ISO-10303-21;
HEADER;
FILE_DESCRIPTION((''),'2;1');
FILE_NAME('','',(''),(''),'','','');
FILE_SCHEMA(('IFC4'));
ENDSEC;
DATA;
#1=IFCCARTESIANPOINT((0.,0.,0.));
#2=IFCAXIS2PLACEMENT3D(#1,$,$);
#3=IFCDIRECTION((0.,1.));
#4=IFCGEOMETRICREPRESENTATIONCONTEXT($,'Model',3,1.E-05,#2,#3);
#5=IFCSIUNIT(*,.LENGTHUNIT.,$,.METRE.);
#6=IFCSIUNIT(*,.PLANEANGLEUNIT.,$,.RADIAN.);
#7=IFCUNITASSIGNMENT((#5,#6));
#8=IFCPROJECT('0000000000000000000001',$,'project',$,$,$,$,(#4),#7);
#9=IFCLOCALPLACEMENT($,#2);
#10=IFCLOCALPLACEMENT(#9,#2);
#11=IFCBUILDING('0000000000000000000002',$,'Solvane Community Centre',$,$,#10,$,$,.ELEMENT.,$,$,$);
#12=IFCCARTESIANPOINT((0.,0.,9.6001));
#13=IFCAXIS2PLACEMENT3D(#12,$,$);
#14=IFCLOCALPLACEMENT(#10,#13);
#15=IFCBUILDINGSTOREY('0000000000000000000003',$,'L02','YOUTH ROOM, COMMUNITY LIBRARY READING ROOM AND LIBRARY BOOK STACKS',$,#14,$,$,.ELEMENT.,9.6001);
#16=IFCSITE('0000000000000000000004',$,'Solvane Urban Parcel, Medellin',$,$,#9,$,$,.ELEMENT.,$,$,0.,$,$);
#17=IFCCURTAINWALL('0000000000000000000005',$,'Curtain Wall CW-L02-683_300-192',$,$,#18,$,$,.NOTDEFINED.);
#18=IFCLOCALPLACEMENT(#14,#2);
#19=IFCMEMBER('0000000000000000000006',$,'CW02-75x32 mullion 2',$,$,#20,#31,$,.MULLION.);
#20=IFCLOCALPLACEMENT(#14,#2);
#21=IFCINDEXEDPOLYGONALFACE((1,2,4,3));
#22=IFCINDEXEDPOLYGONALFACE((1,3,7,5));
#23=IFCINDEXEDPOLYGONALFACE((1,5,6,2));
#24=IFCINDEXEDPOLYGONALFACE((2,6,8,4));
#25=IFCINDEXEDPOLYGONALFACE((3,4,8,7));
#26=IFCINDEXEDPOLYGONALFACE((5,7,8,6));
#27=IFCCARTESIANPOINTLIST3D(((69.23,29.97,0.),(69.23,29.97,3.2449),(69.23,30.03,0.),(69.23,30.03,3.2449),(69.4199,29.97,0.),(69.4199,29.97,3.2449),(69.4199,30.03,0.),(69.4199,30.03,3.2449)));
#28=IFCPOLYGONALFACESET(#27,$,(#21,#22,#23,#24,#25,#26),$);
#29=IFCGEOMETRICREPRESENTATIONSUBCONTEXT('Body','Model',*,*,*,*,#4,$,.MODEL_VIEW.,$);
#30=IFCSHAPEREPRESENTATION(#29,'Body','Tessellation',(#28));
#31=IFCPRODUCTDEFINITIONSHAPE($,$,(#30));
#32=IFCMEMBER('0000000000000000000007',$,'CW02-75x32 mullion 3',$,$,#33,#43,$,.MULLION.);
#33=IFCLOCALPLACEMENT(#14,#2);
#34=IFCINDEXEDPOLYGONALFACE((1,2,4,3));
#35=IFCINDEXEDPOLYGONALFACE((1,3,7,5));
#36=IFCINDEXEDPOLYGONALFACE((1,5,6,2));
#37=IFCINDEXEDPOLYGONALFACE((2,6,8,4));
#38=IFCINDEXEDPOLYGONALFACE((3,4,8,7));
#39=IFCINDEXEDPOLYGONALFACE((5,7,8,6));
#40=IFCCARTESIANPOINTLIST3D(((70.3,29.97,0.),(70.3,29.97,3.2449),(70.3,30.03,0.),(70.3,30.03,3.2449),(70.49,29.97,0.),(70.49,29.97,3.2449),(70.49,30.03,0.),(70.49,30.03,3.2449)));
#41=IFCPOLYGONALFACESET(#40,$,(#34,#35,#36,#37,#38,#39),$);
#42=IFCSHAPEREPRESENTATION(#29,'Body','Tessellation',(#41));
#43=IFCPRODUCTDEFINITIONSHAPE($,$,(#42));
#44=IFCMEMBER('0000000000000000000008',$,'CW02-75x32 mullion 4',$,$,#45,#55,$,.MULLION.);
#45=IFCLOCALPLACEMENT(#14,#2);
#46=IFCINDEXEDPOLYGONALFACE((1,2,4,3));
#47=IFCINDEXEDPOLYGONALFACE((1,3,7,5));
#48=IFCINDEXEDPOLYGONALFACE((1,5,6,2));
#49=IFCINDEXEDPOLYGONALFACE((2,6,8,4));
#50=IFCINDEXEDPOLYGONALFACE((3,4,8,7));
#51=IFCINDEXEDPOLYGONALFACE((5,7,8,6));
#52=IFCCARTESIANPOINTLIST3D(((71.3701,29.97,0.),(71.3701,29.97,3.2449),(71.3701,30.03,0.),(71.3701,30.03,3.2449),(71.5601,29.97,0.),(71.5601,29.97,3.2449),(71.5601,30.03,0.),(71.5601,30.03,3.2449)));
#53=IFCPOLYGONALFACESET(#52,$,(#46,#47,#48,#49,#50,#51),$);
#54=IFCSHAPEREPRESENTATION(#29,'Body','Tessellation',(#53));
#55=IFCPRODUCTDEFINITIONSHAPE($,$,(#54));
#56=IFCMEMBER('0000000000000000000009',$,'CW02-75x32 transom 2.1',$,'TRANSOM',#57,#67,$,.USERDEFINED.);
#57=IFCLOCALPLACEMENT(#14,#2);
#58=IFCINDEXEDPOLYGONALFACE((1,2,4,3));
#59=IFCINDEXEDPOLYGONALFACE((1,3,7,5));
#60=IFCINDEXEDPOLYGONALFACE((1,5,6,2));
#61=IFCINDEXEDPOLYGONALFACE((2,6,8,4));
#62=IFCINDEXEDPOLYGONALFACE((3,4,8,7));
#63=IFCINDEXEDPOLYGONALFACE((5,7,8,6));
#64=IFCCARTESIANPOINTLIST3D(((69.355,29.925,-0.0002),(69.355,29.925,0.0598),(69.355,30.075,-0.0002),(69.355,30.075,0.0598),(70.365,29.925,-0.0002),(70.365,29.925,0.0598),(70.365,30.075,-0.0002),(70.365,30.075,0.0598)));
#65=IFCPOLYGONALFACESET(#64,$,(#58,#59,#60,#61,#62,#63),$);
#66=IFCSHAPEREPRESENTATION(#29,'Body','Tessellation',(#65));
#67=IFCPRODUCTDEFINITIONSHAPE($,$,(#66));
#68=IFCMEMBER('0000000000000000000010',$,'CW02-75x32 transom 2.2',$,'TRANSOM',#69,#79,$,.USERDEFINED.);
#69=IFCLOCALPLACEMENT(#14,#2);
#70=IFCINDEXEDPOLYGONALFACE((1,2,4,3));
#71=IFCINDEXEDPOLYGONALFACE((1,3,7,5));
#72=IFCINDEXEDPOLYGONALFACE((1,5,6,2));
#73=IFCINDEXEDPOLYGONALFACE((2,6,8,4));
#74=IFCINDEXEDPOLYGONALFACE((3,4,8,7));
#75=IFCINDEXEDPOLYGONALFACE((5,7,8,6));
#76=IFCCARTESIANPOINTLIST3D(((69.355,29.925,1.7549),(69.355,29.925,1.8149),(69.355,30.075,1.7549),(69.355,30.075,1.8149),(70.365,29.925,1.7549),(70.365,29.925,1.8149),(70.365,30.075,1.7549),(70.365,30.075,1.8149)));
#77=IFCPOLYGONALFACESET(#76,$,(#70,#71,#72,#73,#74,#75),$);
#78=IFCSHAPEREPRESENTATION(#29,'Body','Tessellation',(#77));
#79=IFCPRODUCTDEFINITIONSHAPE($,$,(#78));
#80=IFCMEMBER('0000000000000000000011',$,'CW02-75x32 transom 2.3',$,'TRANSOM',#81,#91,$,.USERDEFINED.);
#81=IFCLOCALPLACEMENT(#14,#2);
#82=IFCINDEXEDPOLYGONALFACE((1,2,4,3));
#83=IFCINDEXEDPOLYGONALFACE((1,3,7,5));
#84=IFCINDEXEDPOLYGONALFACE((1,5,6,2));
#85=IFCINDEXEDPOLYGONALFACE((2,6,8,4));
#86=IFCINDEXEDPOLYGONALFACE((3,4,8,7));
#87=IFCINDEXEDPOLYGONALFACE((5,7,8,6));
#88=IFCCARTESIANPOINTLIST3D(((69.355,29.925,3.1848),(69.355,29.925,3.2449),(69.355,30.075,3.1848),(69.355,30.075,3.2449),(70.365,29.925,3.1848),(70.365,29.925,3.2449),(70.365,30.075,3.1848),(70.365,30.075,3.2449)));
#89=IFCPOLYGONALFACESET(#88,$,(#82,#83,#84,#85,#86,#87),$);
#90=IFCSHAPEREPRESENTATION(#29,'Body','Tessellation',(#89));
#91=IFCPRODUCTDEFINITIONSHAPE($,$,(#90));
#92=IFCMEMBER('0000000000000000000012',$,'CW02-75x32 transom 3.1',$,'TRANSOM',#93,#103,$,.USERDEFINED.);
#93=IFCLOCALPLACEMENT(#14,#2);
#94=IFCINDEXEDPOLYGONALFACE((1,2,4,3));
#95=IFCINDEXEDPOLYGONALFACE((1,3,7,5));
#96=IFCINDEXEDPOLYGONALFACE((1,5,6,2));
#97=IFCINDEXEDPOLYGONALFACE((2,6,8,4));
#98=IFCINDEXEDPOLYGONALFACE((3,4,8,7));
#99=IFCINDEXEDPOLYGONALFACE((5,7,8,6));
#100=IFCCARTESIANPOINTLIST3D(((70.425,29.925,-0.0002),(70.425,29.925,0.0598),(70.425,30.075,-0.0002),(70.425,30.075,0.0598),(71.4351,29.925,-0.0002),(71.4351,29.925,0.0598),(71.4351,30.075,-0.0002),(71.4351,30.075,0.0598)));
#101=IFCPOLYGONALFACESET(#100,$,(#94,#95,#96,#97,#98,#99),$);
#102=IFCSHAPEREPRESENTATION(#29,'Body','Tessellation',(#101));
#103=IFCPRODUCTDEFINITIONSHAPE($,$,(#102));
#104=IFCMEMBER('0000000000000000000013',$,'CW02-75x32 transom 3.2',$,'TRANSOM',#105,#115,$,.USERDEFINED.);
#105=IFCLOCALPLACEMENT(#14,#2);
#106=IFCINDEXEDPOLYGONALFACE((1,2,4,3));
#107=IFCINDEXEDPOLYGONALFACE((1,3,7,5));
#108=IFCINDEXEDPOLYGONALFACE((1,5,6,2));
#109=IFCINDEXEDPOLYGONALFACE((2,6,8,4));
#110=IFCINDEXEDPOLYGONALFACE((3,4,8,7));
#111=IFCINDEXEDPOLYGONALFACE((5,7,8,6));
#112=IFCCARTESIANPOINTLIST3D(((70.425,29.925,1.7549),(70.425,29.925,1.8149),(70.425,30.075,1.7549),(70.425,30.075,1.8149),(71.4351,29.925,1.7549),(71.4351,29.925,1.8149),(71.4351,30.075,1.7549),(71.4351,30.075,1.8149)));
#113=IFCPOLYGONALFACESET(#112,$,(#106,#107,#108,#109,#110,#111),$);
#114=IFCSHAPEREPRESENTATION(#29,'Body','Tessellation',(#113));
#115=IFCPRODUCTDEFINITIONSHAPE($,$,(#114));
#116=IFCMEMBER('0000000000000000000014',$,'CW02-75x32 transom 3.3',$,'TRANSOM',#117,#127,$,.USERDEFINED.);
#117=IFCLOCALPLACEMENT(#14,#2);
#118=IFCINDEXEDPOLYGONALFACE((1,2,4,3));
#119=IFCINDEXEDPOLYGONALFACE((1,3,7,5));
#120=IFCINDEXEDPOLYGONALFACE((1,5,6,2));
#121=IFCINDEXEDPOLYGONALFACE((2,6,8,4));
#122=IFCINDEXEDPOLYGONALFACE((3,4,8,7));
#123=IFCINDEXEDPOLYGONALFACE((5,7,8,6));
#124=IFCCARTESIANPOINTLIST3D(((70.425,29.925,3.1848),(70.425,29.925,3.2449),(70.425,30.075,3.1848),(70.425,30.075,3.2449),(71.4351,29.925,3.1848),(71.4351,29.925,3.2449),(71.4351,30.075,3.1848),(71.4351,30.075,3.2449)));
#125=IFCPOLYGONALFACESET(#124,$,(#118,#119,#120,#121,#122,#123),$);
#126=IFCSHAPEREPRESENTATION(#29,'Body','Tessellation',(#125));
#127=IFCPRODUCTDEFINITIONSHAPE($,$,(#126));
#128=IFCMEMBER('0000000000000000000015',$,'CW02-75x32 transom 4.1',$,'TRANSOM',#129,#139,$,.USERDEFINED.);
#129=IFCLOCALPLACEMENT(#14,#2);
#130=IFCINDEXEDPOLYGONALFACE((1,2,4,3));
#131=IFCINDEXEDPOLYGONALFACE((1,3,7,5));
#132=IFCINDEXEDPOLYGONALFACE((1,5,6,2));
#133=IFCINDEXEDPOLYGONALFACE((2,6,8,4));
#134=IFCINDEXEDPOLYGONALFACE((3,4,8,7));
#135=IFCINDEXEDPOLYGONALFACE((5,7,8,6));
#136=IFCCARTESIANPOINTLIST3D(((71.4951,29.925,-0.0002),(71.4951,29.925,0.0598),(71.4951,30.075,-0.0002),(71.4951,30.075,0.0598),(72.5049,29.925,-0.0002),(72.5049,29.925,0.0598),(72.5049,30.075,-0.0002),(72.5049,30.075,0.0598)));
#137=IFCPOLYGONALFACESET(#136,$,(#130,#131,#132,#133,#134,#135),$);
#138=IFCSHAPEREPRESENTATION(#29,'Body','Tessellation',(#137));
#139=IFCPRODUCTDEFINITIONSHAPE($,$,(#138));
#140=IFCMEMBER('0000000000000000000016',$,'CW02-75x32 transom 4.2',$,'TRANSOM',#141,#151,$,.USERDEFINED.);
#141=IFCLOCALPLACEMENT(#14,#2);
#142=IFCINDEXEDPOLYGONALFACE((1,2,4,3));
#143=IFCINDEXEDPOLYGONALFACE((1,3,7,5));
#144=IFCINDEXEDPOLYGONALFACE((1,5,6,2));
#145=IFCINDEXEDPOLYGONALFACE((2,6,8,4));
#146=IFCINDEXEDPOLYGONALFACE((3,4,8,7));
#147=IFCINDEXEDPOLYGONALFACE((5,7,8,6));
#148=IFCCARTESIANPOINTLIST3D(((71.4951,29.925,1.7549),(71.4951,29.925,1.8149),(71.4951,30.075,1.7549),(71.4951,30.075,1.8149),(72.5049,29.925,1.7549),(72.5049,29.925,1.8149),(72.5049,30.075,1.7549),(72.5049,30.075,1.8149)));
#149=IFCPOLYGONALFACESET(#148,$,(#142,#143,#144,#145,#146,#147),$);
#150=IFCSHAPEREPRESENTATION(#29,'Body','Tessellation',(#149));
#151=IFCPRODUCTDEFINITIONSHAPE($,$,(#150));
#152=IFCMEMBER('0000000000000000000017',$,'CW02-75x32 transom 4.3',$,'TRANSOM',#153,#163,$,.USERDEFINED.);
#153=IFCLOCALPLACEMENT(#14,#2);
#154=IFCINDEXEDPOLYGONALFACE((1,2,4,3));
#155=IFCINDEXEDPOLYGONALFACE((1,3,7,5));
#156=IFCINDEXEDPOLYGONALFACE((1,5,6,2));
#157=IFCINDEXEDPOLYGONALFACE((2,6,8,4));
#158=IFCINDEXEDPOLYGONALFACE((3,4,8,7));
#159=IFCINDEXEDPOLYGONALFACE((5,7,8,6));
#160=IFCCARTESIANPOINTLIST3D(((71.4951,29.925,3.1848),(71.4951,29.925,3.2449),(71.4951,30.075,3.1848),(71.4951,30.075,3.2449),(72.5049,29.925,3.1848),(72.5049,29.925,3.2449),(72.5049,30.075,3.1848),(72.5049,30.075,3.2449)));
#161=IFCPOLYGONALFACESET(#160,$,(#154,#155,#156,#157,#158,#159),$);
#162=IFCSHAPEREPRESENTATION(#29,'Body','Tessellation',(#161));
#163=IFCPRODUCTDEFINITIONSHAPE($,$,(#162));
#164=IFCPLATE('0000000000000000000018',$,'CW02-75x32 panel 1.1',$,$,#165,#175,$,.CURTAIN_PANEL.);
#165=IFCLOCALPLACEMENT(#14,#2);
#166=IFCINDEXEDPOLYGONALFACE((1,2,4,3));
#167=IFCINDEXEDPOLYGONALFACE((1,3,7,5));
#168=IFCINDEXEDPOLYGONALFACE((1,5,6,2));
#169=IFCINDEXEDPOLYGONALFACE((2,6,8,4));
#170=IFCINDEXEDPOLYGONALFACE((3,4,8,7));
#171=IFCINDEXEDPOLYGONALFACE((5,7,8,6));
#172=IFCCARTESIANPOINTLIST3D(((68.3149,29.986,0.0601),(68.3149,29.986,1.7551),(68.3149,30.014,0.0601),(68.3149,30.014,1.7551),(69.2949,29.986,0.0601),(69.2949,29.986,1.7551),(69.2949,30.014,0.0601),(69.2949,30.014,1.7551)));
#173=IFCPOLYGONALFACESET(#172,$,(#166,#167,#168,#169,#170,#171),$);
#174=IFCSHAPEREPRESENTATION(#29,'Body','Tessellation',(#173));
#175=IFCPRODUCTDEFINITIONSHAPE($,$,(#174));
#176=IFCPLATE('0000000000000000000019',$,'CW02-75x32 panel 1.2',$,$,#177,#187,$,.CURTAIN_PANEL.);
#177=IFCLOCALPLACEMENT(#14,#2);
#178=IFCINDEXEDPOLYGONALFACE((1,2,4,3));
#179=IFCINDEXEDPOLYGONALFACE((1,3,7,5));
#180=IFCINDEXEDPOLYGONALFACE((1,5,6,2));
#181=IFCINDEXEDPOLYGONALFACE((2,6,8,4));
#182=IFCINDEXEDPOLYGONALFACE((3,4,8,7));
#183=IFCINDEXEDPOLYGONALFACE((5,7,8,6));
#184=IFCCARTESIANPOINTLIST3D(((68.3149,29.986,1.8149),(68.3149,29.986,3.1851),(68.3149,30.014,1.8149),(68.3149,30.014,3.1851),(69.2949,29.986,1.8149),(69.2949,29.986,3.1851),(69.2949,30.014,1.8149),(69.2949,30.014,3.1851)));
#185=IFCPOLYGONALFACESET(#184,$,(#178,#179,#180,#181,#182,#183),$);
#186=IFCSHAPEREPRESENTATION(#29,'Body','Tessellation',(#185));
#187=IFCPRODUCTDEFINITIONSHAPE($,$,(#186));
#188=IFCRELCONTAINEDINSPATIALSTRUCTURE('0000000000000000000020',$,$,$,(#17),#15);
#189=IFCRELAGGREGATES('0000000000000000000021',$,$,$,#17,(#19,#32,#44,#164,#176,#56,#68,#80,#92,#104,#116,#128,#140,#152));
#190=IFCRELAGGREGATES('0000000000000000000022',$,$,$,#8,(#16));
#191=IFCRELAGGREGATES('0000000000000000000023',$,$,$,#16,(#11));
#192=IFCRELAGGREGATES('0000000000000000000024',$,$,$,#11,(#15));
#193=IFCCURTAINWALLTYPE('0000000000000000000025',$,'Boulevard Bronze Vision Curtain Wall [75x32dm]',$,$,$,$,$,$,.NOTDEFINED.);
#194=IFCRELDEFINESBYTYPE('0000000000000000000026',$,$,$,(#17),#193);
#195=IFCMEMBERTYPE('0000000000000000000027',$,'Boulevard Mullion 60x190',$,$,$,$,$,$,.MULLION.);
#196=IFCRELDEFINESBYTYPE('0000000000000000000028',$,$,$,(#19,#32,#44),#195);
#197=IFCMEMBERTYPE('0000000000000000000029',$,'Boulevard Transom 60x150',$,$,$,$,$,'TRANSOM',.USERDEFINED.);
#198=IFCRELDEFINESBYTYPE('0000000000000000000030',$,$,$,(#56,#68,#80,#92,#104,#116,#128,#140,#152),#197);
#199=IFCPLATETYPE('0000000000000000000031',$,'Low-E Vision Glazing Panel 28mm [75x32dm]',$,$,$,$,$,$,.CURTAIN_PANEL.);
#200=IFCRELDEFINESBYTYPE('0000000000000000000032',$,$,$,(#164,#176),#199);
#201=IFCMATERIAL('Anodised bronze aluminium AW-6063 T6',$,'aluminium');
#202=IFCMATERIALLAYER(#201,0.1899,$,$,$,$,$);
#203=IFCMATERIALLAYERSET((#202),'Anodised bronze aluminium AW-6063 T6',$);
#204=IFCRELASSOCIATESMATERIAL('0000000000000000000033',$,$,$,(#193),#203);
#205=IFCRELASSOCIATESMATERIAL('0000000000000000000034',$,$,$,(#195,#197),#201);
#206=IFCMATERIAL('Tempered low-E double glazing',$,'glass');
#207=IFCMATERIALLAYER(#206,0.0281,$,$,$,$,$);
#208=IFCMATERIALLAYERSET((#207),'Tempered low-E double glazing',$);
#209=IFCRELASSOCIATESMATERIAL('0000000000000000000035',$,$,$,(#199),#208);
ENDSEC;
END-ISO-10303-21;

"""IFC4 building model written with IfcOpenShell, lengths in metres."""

from ifc_helpers import new_model, si_unit, direction, frame, origin, origin_2d, place, context, subcontext, project, spatial, rectangle, extrude, material, layer, layer_set, material_profile, profile_set, type_object, element, aggregate, save


model = new_model("IFC4")

# Units and contexts
model_context = context("Model", 3, precision=1e-05, world=origin(), true_north=direction((0.0, 1.0)))
body_context = subcontext(model_context, "Body", "Model", "MODEL_VIEW")
ifc_project = project(units=[si_unit("LENGTHUNIT", "METRE"), si_unit("PLANEANGLEUNIT", "RADIAN")], contexts=[model_context])

# Site, building, storey
site_placement = place(None, origin())
site = spatial("IfcSite", under=ifc_project, at=site_placement, Name="Solvane Urban Parcel, Medellin", CompositionType="ELEMENT", RefElevation=0.0)
building_placement = place(site_placement, origin())
building = spatial("IfcBuilding", under=site, at=building_placement, Name="Solvane Community Centre", CompositionType="ELEMENT")
storey_placement = place(building_placement, frame((0.0, 0.0, 9.6001)))
storey = spatial("IfcBuildingStorey", under=building, at=storey_placement, Name="L02", Description="YOUTH ROOM, COMMUNITY LIBRARY READING ROOM AND LIBRARY BOOK STACKS", CompositionType="ELEMENT", Elevation=9.6001)

# Curtain wall, members, plates
ifc_material_1 = material(Name="Anodised bronze aluminium AW-6063 T6", Category="aluminium")
ifc_layer_1 = layer(ifc_material_1, 0.1899)
ifc_layer_set_1 = layer_set([ifc_layer_1], Name="Anodised bronze aluminium AW-6063 T6")
curtain_wall_type = type_object("IfcCurtainWallType", Name="Boulevard Bronze Vision Curtain Wall [75x32dm]", PredefinedType="NOTDEFINED", material=ifc_layer_set_1)
curtain_wall_placement = place(storey_placement, origin())
curtain_wall = element("IfcCurtainWall", 1, at=curtain_wall_placement, inside=storey, type_object=curtain_wall_type, Name="Curtain Wall CW-L02-683_300-192", PredefinedType="NOTDEFINED")
ifc_material_profile_1 = material_profile(ifc_material_1, rectangle(XDim=0.0601, YDim=0.1899, at=origin_2d()), Name="CW-M 60x190")
ifc_profile_set_1 = profile_set([ifc_material_profile_1], Name="Anodised bronze aluminium AW-6063 T6")
member_type_1 = type_object("IfcMemberType", Name="Boulevard Mullion 60x190", PredefinedType="MULLION", material=ifc_profile_set_1)
member_1_placement = place(storey_placement, frame((69.325, 30.0, 0.0), z_axis=(0.0, 0.0, 1.0), x_axis=(0.0, 1.0, 0.0)))
member_1 = element("IfcMember", 2, at=member_1_placement, type_object=member_type_1, Name="CW02-75x32 mullion 2", PredefinedType="MULLION", context=body_context, shape_type="SweptSolid", body=[
    extrude(rectangle(XDim=0.0601, YDim=0.1899, at=origin_2d()), origin(), (0.0, 0.0, 1.0), 3.2449),
])
member_2_placement = place(storey_placement, frame((70.395, 30.0, 0.0), z_axis=(0.0, 0.0, 1.0), x_axis=(0.0, 1.0, 0.0)))
member_2 = element("IfcMember", 3, at=member_2_placement, type_object=member_type_1, Name="CW02-75x32 mullion 3", PredefinedType="MULLION", context=body_context, shape_type="SweptSolid", body=[
    extrude(rectangle(XDim=0.0601, YDim=0.1899, at=origin_2d()), origin(), (0.0, 0.0, 1.0), 3.2449),
])
member_3_placement = place(storey_placement, frame((71.4651, 30.0, 0.0), z_axis=(0.0, 0.0, 1.0), x_axis=(0.0, 1.0, 0.0)))
member_3 = element("IfcMember", 4, at=member_3_placement, type_object=member_type_1, Name="CW02-75x32 mullion 4", PredefinedType="MULLION", context=body_context, shape_type="SweptSolid", body=[
    extrude(rectangle(XDim=0.0601, YDim=0.1899, at=origin_2d()), origin(), (0.0, 0.0, 1.0), 3.2449),
])
ifc_material_profile_2 = material_profile(ifc_material_1, rectangle(XDim=0.1499, YDim=0.0601, at=origin_2d()), Name="CW-T 60x150")
ifc_profile_set_2 = profile_set([ifc_material_profile_2], Name="Anodised bronze aluminium AW-6063 T6")
member_type_2 = type_object("IfcMemberType", Name="Boulevard Transom 60x150", ElementType="TRANSOM", PredefinedType="USERDEFINED", material=ifc_profile_set_2)
member_4_placement = place(storey_placement, frame((69.355, 30.0, 0.0298), z_axis=(1.0, 0.0, 0.0), x_axis=(0.0, 1.0, 0.0)))
member_4 = element("IfcMember", 5, at=member_4_placement, type_object=member_type_2, Name="CW02-75x32 transom 2.1", ObjectType="TRANSOM", PredefinedType="USERDEFINED", context=body_context, shape_type="SweptSolid", body=[
    extrude(rectangle(XDim=0.1499, YDim=0.0601, at=origin_2d()), origin(), (0.0, 0.0, 1.0), 1.01),
])
member_5_placement = place(storey_placement, frame((69.355, 30.0, 1.7849), z_axis=(1.0, 0.0, 0.0), x_axis=(0.0, 1.0, 0.0)))
member_5 = element("IfcMember", 6, at=member_5_placement, type_object=member_type_2, Name="CW02-75x32 transom 2.2", ObjectType="TRANSOM", PredefinedType="USERDEFINED", context=body_context, shape_type="SweptSolid", body=[
    extrude(rectangle(XDim=0.1499, YDim=0.0601, at=origin_2d()), origin(), (0.0, 0.0, 1.0), 1.01),
])
member_6_placement = place(storey_placement, frame((69.355, 30.0, 3.2148), z_axis=(1.0, 0.0, 0.0), x_axis=(0.0, 1.0, 0.0)))
member_6 = element("IfcMember", 7, at=member_6_placement, type_object=member_type_2, Name="CW02-75x32 transom 2.3", ObjectType="TRANSOM", PredefinedType="USERDEFINED", context=body_context, shape_type="SweptSolid", body=[
    extrude(rectangle(XDim=0.1499, YDim=0.0601, at=origin_2d()), origin(), (0.0, 0.0, 1.0), 1.01),
])
member_7_placement = place(storey_placement, frame((70.425, 30.0, 0.0298), z_axis=(1.0, 0.0, 0.0), x_axis=(0.0, 1.0, 0.0)))
member_7 = element("IfcMember", 8, at=member_7_placement, type_object=member_type_2, Name="CW02-75x32 transom 3.1", ObjectType="TRANSOM", PredefinedType="USERDEFINED", context=body_context, shape_type="SweptSolid", body=[
    extrude(rectangle(XDim=0.1499, YDim=0.0601, at=origin_2d()), origin(), (0.0, 0.0, 1.0), 1.01),
])
member_8_placement = place(storey_placement, frame((70.425, 30.0, 1.7849), z_axis=(1.0, 0.0, 0.0), x_axis=(0.0, 1.0, 0.0)))
member_8 = element("IfcMember", 9, at=member_8_placement, type_object=member_type_2, Name="CW02-75x32 transom 3.2", ObjectType="TRANSOM", PredefinedType="USERDEFINED", context=body_context, shape_type="SweptSolid", body=[
    extrude(rectangle(XDim=0.1499, YDim=0.0601, at=origin_2d()), origin(), (0.0, 0.0, 1.0), 1.01),
])
member_9_placement = place(storey_placement, frame((70.425, 30.0, 3.2148), z_axis=(1.0, 0.0, 0.0), x_axis=(0.0, 1.0, 0.0)))
member_9 = element("IfcMember", 10, at=member_9_placement, type_object=member_type_2, Name="CW02-75x32 transom 3.3", ObjectType="TRANSOM", PredefinedType="USERDEFINED", context=body_context, shape_type="SweptSolid", body=[
    extrude(rectangle(XDim=0.1499, YDim=0.0601, at=origin_2d()), origin(), (0.0, 0.0, 1.0), 1.01),
])
member_10_placement = place(storey_placement, frame((71.4951, 30.0, 0.0298), z_axis=(1.0, 0.0, 0.0), x_axis=(0.0, 1.0, 0.0)))
member_10 = element("IfcMember", 11, at=member_10_placement, type_object=member_type_2, Name="CW02-75x32 transom 4.1", ObjectType="TRANSOM", PredefinedType="USERDEFINED", context=body_context, shape_type="SweptSolid", body=[
    extrude(rectangle(XDim=0.1499, YDim=0.0601, at=origin_2d()), origin(), (0.0, 0.0, 1.0), 1.0098),
])
member_11_placement = place(storey_placement, frame((71.4951, 30.0, 1.7849), z_axis=(1.0, 0.0, 0.0), x_axis=(0.0, 1.0, 0.0)))
member_11 = element("IfcMember", 12, at=member_11_placement, type_object=member_type_2, Name="CW02-75x32 transom 4.2", ObjectType="TRANSOM", PredefinedType="USERDEFINED", context=body_context, shape_type="SweptSolid", body=[
    extrude(rectangle(XDim=0.1499, YDim=0.0601, at=origin_2d()), origin(), (0.0, 0.0, 1.0), 1.0098),
])
member_12_placement = place(storey_placement, frame((71.4951, 30.0, 3.2148), z_axis=(1.0, 0.0, 0.0), x_axis=(0.0, 1.0, 0.0)))
member_12 = element("IfcMember", 13, at=member_12_placement, type_object=member_type_2, Name="CW02-75x32 transom 4.3", ObjectType="TRANSOM", PredefinedType="USERDEFINED", context=body_context, shape_type="SweptSolid", body=[
    extrude(rectangle(XDim=0.1499, YDim=0.0601, at=origin_2d()), origin(), (0.0, 0.0, 1.0), 1.0098),
])
ifc_material_2 = material(Name="Tempered low-E double glazing", Category="glass")
ifc_layer_2 = layer(ifc_material_2, 0.0281)
ifc_layer_set_2 = layer_set([ifc_layer_2], Name="Tempered low-E double glazing")
plate_type = type_object("IfcPlateType", Name="Low-E Vision Glazing Panel 28mm [75x32dm]", PredefinedType="CURTAIN_PANEL", material=ifc_layer_set_2)
plate_1_placement = place(storey_placement, frame((68.8049, 30.0, 0.0601), z_axis=(0.0, 0.0, 1.0), x_axis=(1.0, 0.0, 0.0)))
plate_1 = element("IfcPlate", 14, at=plate_1_placement, type_object=plate_type, Name="CW02-75x32 panel 1.1", PredefinedType="CURTAIN_PANEL", context=body_context, shape_type="SweptSolid", body=[
    extrude(rectangle(XDim=0.98, YDim=0.0281, at=origin_2d()), origin(), (0.0, 0.0, 1.0), 1.6951),
])
plate_2_placement = place(storey_placement, frame((68.8049, 30.0, 1.8149), z_axis=(0.0, 0.0, 1.0), x_axis=(1.0, 0.0, 0.0)))
plate_2 = element("IfcPlate", 15, at=plate_2_placement, type_object=plate_type, Name="CW02-75x32 panel 1.2", PredefinedType="CURTAIN_PANEL", context=body_context, shape_type="SweptSolid", body=[
    extrude(rectangle(XDim=0.98, YDim=0.0281, at=origin_2d()), origin(), (0.0, 0.0, 1.0), 1.3701),
])
aggregate(curtain_wall, [member_1, member_2, member_3, plate_1, plate_2, member_4, member_5, member_6, member_7, member_8, member_9, member_10, member_11, member_12])

save(model, "model.ifc")
